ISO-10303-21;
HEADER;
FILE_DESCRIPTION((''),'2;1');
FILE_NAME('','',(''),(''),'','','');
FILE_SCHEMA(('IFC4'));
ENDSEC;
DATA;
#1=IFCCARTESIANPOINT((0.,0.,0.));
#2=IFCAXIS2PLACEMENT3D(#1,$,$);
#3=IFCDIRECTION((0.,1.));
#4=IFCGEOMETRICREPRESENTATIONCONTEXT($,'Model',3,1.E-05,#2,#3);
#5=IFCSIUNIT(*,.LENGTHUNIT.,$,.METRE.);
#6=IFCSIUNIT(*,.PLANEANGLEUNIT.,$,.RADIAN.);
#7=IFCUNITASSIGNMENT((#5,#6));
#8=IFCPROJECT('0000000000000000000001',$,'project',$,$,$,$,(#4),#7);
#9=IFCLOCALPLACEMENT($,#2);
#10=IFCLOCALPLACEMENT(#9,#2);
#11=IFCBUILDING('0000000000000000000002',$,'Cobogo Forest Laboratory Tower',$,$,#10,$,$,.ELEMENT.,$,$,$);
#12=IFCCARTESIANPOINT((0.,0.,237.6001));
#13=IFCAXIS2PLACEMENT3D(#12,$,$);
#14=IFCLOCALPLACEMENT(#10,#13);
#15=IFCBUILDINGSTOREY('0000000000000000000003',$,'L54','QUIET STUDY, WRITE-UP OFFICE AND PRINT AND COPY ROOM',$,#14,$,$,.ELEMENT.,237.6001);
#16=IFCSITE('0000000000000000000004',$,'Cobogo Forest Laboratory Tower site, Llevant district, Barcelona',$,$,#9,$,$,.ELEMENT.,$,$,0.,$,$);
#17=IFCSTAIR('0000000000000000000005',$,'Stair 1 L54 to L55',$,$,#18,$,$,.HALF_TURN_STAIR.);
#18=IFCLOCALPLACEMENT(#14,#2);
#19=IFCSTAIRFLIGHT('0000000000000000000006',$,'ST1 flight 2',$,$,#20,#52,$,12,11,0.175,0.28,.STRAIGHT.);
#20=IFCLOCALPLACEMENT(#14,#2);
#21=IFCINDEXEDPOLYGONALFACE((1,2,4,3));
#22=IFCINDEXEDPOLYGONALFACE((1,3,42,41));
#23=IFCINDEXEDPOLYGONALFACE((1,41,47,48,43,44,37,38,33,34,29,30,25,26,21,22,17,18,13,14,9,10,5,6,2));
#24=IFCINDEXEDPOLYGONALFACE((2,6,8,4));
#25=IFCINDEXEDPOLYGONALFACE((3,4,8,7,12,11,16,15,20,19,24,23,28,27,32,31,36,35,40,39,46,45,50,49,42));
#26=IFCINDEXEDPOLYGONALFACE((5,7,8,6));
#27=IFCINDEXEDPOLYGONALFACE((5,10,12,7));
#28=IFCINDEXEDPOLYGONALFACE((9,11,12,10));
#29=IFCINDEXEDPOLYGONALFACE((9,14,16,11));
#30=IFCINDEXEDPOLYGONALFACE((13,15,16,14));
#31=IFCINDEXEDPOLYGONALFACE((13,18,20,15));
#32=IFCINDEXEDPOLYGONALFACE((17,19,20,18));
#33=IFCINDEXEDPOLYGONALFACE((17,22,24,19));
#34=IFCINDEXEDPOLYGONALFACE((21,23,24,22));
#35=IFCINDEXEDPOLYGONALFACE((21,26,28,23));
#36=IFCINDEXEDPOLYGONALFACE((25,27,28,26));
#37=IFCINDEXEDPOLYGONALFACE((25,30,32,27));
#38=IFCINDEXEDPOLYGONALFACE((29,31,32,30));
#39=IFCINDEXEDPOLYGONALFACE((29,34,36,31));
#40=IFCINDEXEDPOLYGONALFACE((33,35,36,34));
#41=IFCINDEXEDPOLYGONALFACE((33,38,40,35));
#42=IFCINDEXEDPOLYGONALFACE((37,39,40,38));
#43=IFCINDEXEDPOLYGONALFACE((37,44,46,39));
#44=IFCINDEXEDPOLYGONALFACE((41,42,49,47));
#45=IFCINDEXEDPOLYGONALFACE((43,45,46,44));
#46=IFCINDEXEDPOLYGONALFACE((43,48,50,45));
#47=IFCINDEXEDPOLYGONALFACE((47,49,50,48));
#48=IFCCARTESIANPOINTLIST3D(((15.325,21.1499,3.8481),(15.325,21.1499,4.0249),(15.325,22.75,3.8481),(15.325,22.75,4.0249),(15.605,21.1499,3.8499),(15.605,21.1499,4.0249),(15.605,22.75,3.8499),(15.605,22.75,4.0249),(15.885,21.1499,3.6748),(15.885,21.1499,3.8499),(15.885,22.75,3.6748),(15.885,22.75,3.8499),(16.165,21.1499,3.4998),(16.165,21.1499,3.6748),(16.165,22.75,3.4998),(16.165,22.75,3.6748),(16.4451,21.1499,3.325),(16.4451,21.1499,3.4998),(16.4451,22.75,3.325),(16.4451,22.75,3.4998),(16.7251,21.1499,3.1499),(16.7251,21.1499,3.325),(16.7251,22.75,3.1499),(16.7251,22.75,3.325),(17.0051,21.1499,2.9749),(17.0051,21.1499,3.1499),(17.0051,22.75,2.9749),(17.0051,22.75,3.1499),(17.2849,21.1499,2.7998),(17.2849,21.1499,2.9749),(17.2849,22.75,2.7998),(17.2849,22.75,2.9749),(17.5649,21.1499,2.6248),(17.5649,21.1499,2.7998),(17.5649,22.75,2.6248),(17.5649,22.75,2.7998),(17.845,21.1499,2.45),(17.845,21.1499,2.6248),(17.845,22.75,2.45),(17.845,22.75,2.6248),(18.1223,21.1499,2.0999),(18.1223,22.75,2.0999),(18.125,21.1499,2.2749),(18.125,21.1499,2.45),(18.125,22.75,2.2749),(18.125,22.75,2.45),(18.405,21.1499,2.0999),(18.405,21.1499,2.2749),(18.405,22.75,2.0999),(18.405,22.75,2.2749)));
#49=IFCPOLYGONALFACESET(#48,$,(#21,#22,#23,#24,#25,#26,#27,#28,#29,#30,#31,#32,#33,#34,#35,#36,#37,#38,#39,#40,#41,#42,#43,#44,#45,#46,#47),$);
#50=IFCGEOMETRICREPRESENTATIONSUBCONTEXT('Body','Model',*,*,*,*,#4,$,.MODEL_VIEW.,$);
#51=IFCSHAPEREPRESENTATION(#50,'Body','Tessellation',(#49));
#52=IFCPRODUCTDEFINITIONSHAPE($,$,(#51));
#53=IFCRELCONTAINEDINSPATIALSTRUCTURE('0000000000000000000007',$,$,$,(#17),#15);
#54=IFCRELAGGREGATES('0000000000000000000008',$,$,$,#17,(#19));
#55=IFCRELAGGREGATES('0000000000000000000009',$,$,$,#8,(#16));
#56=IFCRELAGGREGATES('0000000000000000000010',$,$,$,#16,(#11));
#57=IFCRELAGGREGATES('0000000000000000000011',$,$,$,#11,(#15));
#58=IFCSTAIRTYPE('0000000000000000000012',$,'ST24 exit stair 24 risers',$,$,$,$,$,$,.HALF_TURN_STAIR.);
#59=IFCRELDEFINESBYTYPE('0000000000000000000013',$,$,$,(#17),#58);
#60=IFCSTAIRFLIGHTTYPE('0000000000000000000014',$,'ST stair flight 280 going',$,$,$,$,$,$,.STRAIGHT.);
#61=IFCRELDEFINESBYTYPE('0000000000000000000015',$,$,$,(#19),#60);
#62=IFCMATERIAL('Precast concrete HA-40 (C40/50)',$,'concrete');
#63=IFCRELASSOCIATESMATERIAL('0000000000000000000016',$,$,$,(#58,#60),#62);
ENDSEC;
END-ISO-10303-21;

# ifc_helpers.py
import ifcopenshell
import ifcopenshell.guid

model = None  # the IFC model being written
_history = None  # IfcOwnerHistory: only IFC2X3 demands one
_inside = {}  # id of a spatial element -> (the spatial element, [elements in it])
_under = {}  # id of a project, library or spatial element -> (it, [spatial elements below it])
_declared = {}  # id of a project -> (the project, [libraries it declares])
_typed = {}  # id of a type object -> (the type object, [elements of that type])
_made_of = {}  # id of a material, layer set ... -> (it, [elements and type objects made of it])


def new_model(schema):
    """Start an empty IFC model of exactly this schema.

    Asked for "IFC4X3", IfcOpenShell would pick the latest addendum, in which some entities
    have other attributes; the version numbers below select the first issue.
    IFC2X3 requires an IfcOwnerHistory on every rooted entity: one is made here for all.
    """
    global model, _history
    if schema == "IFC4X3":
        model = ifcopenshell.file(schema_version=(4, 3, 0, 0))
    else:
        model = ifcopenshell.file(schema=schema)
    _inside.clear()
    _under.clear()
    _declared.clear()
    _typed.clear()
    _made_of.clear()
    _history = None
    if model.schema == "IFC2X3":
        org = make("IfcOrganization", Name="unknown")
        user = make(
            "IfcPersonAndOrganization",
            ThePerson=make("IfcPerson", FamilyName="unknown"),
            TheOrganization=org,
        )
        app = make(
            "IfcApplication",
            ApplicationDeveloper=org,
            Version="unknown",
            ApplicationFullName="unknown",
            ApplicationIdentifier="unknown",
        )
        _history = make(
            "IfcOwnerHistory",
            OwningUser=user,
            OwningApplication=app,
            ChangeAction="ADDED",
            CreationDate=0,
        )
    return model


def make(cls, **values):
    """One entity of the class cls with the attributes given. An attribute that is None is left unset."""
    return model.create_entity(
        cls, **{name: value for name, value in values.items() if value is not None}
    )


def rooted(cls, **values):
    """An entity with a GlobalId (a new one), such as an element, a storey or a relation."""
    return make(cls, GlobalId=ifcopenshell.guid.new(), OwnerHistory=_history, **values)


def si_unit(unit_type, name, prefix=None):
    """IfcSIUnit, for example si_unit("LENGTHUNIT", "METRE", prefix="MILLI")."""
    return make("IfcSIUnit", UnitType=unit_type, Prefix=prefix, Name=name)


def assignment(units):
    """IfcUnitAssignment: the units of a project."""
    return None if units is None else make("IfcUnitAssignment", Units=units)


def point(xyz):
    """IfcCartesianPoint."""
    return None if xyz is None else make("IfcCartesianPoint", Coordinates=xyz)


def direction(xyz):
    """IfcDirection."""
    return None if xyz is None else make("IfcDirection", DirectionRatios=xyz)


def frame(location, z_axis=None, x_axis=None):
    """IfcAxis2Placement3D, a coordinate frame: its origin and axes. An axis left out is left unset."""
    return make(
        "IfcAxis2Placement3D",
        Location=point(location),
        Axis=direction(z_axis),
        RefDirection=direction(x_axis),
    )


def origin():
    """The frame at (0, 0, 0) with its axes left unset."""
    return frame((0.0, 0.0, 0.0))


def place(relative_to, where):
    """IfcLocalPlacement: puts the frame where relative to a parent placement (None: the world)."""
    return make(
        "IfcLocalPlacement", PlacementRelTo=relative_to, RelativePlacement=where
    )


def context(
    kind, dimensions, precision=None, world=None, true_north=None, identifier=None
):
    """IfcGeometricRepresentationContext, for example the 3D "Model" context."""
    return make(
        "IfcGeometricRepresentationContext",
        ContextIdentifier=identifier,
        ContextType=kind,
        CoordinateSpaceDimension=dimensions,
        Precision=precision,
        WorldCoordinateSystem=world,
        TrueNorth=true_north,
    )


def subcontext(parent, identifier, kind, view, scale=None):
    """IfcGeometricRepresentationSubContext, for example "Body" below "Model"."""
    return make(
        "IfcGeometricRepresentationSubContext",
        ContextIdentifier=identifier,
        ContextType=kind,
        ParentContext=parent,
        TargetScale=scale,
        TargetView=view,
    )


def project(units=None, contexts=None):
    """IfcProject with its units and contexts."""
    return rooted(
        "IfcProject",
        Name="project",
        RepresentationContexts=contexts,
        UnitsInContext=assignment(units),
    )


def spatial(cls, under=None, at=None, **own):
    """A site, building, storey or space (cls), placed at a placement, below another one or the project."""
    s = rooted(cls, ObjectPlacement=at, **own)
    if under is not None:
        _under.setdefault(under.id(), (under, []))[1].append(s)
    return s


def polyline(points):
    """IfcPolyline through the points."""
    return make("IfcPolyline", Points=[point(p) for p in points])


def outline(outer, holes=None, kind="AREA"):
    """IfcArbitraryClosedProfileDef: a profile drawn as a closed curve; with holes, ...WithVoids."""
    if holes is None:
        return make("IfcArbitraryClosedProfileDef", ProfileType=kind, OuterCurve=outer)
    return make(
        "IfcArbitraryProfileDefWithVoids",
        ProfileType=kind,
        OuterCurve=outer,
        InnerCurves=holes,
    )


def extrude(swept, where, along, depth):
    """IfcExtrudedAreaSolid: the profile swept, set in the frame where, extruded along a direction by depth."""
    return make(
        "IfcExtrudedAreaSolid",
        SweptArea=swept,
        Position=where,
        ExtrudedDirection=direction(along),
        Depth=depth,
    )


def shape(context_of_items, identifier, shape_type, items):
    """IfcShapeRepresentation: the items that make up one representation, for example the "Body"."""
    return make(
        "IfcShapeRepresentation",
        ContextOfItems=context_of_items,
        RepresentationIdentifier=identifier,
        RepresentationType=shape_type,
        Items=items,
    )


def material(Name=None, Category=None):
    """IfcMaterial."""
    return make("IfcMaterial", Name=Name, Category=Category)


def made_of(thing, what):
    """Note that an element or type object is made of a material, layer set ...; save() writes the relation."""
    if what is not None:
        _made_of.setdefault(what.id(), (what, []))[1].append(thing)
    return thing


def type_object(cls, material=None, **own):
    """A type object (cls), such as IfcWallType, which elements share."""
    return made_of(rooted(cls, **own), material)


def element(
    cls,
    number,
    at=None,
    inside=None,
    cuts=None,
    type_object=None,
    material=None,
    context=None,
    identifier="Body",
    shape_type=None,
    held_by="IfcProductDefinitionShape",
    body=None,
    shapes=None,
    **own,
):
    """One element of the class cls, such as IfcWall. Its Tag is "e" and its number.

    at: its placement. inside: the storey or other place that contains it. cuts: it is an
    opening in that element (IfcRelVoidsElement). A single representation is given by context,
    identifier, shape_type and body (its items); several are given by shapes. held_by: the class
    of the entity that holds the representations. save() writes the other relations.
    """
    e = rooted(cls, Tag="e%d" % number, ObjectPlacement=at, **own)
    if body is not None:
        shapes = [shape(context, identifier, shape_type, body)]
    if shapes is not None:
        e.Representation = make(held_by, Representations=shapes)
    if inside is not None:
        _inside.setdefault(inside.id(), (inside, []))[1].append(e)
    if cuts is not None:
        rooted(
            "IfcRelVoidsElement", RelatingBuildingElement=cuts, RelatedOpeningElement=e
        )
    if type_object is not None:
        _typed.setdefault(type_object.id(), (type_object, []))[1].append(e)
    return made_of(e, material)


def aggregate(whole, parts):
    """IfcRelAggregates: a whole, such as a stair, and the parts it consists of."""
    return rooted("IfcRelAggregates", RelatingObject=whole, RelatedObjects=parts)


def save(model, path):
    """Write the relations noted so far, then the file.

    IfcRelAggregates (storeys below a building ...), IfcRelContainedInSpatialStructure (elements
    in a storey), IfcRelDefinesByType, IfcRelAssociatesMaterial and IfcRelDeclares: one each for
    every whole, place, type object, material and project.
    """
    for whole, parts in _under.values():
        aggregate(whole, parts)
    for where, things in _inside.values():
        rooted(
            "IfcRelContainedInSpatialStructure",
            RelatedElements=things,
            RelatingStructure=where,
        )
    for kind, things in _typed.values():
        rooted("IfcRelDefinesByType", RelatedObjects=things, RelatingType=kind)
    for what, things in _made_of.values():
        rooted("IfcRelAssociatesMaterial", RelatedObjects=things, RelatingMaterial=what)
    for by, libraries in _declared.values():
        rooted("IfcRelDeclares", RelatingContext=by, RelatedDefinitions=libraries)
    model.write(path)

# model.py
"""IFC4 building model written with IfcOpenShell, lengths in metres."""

from ifc_helpers import new_model, si_unit, direction, frame, origin, place, context, subcontext, project, spatial, polyline, outline, extrude, material, type_object, element, aggregate, save


model = new_model("IFC4")

# Units and contexts
model_context = context("Model", 3, precision=1e-05, world=origin(), true_north=direction((0.0, 1.0)))
body_context = subcontext(model_context, "Body", "Model", "MODEL_VIEW")
ifc_project = project(units=[si_unit("LENGTHUNIT", "METRE"), si_unit("PLANEANGLEUNIT", "RADIAN")], contexts=[model_context])

# Site, building, storey
site_placement = place(None, origin())
site = spatial("IfcSite", under=ifc_project, at=site_placement, Name="Cobogo Forest Laboratory Tower site, Llevant district, Barcelona", CompositionType="ELEMENT", RefElevation=0.0)
building_placement = place(site_placement, origin())
building = spatial("IfcBuilding", under=site, at=building_placement, Name="Cobogo Forest Laboratory Tower", CompositionType="ELEMENT")
storey_placement = place(building_placement, frame((0.0, 0.0, 237.6001)))
storey = spatial("IfcBuildingStorey", under=building, at=storey_placement, Name="L54", Description="QUIET STUDY, WRITE-UP OFFICE AND PRINT AND COPY ROOM", CompositionType="ELEMENT", Elevation=237.6001)

# Stair, stair flight
ifc_material_1 = material(Name="Precast concrete HA-40 (C40/50)", Category="concrete")
stair_type = type_object("IfcStairType", Name="ST24 exit stair 24 risers", PredefinedType="HALF_TURN_STAIR", material=ifc_material_1)
stair_placement = place(storey_placement, origin())
stair = element("IfcStair", 1, at=stair_placement, inside=storey, type_object=stair_type, Name="Stair 1 L54 to L55", PredefinedType="HALF_TURN_STAIR")
stair_flight_type = type_object("IfcStairFlightType", Name="ST stair flight 280 going", PredefinedType="STRAIGHT", material=ifc_material_1)
stair_flight_placement = place(storey_placement, frame((18.405, 21.95, 2.0999), z_axis=(0.0, 0.0, 1.0), x_axis=(-1.0, 0.0, 0.0)))
stair_flight = element("IfcStairFlight", 2, at=stair_flight_placement, type_object=stair_flight_type, Name="ST1 flight 2", NumberOfRisers=12, NumberOfTreads=11, PredefinedType="STRAIGHT", RiserHeight=0.175, TreadLength=0.28, context=body_context, shape_type="SweptSolid", body=[
    extrude(outline(polyline([(0.0, 0.0), (0.0, 0.175), (0.28, 0.175), (0.28, 0.3501), (0.5601, 0.3501), (0.5601, 0.5249), (0.8401, 0.5249), (0.8401, 0.7), (1.1201, 0.7), (1.1201, 0.875), (1.3999, 0.875), (1.3999, 1.05), (1.6799, 1.05), (1.6799, 1.2251), (1.96, 1.2251), (1.96, 1.3999), (2.24, 1.3999), (2.24, 1.575), (2.52, 1.575), (2.52, 1.75), (2.8, 1.75), (2.8, 1.925), (3.0801, 1.925), (3.0801, 2.1001), (3.0801, 1.7483), (0.2827, 0.0), (0.0, 0.0)])), frame((0.0, 0.8, 0.0), z_axis=(0.0, -1.0, 0.0), x_axis=(1.0, 0.0, 0.0)), (0.0, 0.0, 1.0), 1.6001),
])
aggregate(stair, [stair_flight])

save(model, "model.ifc")
